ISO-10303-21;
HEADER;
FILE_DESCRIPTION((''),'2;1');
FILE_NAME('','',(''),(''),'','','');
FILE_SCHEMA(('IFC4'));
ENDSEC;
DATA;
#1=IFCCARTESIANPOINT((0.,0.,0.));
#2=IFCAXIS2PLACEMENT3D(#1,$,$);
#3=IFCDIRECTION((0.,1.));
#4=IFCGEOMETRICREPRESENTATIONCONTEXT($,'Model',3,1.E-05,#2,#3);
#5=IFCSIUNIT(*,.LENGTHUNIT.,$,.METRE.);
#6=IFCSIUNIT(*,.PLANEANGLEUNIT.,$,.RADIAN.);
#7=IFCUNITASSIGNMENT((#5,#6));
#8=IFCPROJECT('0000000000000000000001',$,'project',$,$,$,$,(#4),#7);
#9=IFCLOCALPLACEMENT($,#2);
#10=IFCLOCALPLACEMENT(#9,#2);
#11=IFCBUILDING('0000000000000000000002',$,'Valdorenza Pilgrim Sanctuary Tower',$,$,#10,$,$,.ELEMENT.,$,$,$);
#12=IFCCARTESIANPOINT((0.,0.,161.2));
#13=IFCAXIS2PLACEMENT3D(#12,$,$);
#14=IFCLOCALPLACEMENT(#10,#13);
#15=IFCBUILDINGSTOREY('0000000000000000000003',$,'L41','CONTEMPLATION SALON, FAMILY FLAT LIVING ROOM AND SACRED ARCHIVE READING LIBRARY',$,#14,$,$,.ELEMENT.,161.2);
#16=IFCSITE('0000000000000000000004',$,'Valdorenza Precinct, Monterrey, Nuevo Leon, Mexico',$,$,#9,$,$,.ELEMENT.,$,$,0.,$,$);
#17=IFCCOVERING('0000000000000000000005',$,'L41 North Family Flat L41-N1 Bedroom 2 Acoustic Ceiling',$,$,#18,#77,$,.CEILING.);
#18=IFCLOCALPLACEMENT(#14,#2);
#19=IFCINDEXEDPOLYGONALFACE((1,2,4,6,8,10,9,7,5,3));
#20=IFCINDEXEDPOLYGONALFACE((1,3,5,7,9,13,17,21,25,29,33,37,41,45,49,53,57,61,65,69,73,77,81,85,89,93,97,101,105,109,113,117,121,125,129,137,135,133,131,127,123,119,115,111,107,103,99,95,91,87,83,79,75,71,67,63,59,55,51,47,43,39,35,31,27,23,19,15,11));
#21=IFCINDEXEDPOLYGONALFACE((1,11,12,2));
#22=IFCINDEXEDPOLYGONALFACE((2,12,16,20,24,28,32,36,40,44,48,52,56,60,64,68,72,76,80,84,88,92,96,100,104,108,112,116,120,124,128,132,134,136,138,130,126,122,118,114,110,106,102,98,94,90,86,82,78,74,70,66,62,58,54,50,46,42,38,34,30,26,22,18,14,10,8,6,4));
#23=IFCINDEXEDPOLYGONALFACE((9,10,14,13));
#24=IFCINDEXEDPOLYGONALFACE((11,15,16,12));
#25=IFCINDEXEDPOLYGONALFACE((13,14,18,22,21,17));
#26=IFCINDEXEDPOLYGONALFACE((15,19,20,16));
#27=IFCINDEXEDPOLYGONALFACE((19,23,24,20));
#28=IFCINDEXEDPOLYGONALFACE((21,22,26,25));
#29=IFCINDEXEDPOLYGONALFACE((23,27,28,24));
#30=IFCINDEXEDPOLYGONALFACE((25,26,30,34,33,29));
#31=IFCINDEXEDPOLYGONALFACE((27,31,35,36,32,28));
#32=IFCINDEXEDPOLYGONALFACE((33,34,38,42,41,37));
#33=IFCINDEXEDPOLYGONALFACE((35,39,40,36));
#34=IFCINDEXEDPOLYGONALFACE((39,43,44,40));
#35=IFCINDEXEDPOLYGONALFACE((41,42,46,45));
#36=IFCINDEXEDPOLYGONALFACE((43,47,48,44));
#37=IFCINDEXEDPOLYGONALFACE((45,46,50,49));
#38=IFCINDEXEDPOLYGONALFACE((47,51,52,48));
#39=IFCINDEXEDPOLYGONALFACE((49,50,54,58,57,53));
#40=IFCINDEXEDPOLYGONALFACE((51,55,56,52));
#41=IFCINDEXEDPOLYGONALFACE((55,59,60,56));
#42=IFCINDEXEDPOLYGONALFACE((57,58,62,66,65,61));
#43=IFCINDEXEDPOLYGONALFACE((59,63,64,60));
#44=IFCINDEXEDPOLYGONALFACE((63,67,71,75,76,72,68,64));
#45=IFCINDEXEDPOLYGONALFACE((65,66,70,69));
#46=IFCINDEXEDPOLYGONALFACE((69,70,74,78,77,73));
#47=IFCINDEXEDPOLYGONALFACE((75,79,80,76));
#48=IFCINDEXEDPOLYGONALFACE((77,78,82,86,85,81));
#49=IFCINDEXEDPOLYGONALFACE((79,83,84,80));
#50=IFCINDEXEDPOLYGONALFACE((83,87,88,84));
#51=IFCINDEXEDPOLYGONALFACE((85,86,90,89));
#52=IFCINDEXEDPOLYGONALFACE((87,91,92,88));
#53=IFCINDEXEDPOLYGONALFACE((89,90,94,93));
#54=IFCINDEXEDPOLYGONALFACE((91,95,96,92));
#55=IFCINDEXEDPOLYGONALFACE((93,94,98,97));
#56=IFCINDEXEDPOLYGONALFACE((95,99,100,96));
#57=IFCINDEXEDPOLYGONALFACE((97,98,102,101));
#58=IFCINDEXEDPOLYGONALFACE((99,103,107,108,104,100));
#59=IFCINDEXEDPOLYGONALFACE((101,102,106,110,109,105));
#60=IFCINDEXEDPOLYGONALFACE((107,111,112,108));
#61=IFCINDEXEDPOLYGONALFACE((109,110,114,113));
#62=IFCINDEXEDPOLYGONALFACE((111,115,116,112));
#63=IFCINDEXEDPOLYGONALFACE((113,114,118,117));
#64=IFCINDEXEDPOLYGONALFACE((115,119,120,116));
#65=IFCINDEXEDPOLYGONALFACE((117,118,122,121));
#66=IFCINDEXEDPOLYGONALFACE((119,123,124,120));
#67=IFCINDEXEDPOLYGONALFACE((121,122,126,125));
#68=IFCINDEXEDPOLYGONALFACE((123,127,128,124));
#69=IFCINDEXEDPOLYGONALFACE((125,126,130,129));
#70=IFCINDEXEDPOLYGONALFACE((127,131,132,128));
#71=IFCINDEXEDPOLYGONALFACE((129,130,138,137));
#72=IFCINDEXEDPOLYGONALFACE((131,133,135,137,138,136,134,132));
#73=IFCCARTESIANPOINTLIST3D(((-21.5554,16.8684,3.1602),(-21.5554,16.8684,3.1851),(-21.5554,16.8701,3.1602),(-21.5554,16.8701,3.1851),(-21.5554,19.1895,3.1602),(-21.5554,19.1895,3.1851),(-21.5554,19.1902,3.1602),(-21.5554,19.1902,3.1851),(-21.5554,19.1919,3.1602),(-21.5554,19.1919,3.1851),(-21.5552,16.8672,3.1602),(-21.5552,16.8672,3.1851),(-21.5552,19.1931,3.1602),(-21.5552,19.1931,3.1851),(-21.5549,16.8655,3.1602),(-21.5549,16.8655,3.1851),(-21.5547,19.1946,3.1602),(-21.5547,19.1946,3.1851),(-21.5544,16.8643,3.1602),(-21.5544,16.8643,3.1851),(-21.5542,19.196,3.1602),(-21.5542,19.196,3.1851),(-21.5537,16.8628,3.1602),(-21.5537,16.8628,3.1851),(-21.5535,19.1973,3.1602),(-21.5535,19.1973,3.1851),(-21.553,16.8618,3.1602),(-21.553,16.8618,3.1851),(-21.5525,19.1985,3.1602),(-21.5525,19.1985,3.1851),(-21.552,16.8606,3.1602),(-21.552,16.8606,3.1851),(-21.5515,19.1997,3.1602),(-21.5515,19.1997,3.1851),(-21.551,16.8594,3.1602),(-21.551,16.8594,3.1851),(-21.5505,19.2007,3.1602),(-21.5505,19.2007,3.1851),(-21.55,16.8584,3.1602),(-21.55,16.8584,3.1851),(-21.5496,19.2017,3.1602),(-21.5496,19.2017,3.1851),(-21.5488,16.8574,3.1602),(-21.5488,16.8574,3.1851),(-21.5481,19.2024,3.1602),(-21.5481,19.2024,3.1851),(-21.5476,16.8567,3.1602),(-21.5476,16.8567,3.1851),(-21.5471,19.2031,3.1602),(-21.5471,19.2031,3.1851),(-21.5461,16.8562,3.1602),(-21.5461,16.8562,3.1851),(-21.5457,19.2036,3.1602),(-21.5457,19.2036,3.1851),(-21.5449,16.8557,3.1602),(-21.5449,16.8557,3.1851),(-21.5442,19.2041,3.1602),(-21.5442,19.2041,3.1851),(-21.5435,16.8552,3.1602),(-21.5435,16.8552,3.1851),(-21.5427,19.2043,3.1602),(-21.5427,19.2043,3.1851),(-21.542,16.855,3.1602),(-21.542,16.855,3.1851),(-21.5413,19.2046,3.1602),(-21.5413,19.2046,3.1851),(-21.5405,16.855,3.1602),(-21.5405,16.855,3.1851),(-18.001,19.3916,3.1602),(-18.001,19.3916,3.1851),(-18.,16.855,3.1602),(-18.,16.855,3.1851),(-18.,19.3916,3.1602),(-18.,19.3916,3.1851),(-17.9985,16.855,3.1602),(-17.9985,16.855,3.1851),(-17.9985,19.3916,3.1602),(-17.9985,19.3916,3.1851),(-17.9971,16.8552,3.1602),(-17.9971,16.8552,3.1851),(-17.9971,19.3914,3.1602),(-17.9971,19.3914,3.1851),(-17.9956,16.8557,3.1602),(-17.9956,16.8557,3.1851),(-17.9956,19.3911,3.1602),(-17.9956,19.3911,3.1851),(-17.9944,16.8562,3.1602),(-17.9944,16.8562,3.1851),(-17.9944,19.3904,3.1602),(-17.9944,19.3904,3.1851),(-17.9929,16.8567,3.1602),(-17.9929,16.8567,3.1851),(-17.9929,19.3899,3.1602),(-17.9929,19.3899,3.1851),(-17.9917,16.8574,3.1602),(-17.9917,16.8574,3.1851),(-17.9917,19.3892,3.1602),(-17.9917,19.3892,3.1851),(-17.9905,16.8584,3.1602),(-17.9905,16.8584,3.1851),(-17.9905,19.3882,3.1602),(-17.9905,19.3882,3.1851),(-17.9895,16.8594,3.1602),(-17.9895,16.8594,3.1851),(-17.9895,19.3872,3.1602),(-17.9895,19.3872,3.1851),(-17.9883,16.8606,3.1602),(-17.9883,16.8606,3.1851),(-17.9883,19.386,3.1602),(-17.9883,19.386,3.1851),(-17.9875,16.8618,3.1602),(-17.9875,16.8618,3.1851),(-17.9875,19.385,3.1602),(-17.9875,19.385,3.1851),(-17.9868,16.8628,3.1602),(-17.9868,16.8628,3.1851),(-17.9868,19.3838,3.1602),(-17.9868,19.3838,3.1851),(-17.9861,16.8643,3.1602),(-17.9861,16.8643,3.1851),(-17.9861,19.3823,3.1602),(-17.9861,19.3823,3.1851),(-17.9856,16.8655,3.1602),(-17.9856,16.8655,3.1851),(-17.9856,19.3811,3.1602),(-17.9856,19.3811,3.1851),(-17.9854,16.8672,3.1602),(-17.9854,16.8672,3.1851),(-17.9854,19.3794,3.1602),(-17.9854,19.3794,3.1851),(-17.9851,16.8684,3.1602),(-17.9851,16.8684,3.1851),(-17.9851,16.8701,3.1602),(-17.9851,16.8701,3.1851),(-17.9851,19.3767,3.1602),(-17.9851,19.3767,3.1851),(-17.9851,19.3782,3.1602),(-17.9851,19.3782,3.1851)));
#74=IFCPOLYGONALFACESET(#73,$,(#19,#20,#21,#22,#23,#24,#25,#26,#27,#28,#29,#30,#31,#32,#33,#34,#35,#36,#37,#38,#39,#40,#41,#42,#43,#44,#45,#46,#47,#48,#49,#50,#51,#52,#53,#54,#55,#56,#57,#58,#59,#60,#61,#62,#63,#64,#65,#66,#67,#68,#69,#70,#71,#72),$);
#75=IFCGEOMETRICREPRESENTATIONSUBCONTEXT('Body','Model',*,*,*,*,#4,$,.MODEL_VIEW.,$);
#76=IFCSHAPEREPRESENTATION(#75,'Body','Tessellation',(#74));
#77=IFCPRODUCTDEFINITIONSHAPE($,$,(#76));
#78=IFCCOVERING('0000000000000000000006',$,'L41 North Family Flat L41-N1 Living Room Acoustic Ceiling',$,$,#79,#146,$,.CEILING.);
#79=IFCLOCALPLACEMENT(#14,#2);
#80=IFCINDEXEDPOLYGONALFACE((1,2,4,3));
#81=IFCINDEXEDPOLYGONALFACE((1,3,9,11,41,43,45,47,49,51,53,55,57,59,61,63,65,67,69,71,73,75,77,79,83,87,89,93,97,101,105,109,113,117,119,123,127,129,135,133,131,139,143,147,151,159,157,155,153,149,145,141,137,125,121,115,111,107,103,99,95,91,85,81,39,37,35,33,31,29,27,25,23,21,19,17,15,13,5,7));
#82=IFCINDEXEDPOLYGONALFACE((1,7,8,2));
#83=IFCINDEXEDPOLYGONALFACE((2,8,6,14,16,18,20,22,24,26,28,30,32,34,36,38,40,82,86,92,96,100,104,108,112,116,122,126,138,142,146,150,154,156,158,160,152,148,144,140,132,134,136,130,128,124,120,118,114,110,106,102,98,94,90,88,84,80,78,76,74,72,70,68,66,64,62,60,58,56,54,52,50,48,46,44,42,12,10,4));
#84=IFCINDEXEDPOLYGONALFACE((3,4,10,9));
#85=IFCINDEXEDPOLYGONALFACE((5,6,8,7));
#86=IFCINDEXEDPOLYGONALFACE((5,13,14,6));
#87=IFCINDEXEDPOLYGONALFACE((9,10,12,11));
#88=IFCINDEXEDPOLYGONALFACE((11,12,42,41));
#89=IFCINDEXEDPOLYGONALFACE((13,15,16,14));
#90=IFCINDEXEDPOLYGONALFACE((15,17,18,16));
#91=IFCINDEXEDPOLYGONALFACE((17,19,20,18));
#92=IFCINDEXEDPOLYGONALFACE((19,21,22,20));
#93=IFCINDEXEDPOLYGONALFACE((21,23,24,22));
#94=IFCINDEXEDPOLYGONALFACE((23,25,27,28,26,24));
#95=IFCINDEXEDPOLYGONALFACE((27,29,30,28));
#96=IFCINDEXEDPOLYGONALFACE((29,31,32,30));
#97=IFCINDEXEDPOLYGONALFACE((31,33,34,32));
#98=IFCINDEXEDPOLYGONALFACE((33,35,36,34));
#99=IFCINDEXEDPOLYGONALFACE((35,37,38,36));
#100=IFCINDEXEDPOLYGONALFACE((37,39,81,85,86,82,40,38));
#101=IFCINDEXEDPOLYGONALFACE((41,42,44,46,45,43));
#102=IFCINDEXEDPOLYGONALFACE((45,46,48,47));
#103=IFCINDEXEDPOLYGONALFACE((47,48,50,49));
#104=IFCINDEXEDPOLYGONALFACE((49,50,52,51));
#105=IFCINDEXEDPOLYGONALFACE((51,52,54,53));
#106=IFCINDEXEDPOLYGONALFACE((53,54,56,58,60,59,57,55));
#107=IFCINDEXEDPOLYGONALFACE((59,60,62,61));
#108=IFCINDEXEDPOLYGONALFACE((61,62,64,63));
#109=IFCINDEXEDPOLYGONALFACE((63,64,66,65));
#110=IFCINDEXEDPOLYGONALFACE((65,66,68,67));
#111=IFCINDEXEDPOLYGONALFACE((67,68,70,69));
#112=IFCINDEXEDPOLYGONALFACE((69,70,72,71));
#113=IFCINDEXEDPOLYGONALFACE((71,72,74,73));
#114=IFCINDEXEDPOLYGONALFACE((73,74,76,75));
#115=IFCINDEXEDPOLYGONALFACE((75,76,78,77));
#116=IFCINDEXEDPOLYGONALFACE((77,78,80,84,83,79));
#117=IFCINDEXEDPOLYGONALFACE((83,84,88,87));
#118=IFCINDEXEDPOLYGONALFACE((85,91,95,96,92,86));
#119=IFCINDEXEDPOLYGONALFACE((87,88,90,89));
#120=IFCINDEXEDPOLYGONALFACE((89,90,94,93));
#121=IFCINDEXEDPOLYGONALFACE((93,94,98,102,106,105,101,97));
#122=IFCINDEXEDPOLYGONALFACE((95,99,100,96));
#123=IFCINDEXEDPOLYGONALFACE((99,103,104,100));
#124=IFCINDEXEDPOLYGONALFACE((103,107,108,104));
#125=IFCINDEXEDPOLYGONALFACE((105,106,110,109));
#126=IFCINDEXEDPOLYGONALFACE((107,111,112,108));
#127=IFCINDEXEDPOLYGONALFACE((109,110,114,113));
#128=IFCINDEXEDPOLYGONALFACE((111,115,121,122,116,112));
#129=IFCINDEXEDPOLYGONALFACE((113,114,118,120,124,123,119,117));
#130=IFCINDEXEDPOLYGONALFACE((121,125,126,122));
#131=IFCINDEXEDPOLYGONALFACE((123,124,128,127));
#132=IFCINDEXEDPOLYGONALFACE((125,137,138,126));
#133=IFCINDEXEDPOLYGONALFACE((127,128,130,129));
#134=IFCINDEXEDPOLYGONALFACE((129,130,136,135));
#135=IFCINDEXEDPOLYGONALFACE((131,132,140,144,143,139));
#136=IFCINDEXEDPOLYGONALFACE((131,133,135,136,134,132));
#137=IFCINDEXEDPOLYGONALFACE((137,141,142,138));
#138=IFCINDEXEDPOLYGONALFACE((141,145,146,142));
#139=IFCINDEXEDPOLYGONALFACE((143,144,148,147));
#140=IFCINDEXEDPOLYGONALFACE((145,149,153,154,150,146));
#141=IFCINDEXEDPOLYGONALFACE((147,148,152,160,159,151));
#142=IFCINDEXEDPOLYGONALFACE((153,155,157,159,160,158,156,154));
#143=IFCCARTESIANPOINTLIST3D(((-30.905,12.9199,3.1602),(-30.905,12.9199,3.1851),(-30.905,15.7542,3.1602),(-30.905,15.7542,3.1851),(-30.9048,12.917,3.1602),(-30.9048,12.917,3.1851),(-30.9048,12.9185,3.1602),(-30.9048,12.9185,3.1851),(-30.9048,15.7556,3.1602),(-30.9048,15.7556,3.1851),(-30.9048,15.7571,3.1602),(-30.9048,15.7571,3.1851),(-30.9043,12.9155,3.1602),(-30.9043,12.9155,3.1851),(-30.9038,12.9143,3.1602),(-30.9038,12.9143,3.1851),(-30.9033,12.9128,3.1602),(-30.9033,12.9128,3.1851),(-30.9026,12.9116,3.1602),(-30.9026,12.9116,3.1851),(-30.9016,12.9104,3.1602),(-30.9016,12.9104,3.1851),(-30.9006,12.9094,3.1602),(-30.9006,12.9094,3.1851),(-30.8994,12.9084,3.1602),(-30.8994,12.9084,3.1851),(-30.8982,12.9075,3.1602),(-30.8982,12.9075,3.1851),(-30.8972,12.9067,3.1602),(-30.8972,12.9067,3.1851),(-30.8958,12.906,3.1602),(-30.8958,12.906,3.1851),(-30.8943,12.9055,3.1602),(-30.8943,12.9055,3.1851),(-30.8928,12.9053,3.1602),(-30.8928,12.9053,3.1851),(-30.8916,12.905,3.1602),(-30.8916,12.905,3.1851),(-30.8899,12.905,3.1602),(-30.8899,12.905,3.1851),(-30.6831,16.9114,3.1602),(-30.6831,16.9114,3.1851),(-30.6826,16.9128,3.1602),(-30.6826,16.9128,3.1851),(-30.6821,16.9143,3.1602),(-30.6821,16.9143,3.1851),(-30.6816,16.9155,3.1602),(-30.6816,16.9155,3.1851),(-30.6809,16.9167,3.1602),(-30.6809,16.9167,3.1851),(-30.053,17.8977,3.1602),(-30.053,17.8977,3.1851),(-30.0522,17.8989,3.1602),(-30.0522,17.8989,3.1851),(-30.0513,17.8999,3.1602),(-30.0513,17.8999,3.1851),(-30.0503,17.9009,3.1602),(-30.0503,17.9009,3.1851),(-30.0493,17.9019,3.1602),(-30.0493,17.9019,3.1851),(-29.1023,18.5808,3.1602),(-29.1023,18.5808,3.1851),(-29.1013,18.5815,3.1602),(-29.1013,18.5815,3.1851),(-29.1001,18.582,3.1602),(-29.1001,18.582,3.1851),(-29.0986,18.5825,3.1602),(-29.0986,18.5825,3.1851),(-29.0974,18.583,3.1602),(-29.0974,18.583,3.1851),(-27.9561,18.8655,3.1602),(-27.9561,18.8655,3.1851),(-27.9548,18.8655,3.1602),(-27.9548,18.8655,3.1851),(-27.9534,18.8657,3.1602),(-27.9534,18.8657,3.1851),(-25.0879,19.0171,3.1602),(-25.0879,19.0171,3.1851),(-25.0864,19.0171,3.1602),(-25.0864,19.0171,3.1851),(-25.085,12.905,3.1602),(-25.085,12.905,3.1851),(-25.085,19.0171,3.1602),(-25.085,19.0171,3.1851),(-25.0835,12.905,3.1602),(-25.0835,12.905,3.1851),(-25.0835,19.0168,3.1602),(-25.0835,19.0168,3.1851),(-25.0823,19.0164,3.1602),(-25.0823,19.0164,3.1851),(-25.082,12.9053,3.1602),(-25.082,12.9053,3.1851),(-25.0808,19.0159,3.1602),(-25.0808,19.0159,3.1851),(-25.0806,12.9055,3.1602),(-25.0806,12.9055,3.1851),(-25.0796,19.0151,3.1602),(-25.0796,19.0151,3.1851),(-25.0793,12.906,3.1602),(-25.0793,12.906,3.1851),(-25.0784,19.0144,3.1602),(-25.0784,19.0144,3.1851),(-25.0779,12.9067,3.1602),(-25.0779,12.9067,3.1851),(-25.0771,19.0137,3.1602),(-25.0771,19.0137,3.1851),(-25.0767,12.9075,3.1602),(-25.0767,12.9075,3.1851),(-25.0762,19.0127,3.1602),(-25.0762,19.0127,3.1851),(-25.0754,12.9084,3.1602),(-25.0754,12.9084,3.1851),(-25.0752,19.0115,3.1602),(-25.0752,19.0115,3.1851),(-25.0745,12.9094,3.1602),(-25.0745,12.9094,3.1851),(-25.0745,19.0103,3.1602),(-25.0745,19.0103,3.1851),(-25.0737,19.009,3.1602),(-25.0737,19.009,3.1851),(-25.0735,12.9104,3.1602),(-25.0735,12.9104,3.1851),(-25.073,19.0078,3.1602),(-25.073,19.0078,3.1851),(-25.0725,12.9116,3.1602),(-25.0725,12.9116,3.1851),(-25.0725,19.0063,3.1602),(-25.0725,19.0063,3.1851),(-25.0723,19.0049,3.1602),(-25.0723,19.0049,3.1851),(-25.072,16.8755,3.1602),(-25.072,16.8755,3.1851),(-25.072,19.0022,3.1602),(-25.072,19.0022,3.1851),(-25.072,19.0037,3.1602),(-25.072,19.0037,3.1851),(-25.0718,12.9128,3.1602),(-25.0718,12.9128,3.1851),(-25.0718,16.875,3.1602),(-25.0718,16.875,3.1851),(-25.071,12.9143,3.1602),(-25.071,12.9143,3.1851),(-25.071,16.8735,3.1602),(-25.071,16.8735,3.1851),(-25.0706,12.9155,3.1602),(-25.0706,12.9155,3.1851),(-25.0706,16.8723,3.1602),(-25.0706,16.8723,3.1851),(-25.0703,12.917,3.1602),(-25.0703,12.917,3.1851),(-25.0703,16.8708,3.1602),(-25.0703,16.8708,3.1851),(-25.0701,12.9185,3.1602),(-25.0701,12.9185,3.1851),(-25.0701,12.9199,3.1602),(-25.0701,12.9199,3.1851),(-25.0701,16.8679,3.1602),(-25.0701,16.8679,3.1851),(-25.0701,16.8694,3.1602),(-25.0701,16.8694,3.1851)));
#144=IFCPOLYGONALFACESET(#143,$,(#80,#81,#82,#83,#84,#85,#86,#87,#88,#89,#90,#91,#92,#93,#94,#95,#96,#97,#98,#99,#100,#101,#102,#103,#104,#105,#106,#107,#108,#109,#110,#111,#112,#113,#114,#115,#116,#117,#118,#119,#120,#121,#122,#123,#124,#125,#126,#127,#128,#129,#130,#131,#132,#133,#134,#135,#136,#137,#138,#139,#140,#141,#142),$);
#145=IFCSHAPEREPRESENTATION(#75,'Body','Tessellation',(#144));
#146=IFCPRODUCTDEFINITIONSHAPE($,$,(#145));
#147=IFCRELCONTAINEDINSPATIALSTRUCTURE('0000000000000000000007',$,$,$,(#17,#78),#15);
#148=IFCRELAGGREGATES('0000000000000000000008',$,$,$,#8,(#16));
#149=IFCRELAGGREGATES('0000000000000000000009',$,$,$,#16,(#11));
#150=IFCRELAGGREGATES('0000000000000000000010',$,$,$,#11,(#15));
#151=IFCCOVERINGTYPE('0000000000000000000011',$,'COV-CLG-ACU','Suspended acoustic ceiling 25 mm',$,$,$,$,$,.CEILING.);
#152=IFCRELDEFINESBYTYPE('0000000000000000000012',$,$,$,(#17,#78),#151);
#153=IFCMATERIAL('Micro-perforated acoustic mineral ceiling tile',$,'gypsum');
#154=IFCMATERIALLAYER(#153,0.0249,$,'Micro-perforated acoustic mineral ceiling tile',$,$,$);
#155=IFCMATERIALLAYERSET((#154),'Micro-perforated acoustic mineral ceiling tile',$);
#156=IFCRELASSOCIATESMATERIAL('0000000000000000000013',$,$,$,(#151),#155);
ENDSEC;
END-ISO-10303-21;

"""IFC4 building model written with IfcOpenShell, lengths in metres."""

from ifc_helpers import new_model, si_unit, direction, frame, origin, place, context, subcontext, project, spatial, polyline, outline, extrude, material, layer, layer_set, type_object, element, save


model = new_model("IFC4")

# Units and contexts
model_context = context("Model", 3, precision=1e-05, world=origin(), true_north=direction((0.0, 1.0)))
body_context = subcontext(model_context, "Body", "Model", "MODEL_VIEW")
ifc_project = project(units=[si_unit("LENGTHUNIT", "METRE"), si_unit("PLANEANGLEUNIT", "RADIAN")], contexts=[model_context])

# Site, building, storey
site_placement = place(None, origin())
site = spatial("IfcSite", under=ifc_project, at=site_placement, Name="Valdorenza Precinct, Monterrey, Nuevo Leon, Mexico", CompositionType="ELEMENT", RefElevation=0.0)
building_placement = place(site_placement, origin())
building = spatial("IfcBuilding", under=site, at=building_placement, Name="Valdorenza Pilgrim Sanctuary Tower", CompositionType="ELEMENT")
storey_placement = place(building_placement, frame((0.0, 0.0, 161.2)))
storey = spatial("IfcBuildingStorey", under=building, at=storey_placement, Name="L41", Description="CONTEMPLATION SALON, FAMILY FLAT LIVING ROOM AND SACRED ARCHIVE READING LIBRARY", CompositionType="ELEMENT", Elevation=161.2)

# Coverings
ifc_material_1 = material(Name="Micro-perforated acoustic mineral ceiling tile", Category="gypsum")
ifc_layer_1 = layer(ifc_material_1, 0.0249, Name="Micro-perforated acoustic mineral ceiling tile")
ifc_layer_set_1 = layer_set([ifc_layer_1], Name="Micro-perforated acoustic mineral ceiling tile")
covering_type_1 = type_object("IfcCoveringType", Name="COV-CLG-ACU", Description="Suspended acoustic ceiling 25 mm", PredefinedType="CEILING", material=ifc_layer_set_1)
covering_1_placement = place(storey_placement, frame((0.0, 0.0, 3.1602)))
element("IfcCovering", 1, at=covering_1_placement, inside=storey, type_object=covering_type_1, Name="L41 North Family Flat L41-N1 Bedroom 2 Acoustic Ceiling", PredefinedType="CEILING", context=body_context, shape_type="SweptSolid", body=[
    extrude(outline(polyline([(-21.5554, 19.1895), (-21.5554, 19.1902), (-21.5554, 19.1919), (-21.5552, 19.1931), (-21.5547, 19.1946), (-21.5542, 19.196), (-21.5535, 19.1973), (-21.5525, 19.1985), (-21.5515, 19.1997), (-21.5505, 19.2007), (-21.5496, 19.2017), (-21.5481, 19.2024), (-21.5471, 19.2031), (-21.5457, 19.2036), (-21.5442, 19.2041), (-21.5427, 19.2043), (-21.5413, 19.2046), (-18.001, 19.3916), (-18.0, 19.3916), (-18.0, 19.3916), (-17.9985, 19.3916), (-17.9971, 19.3914), (-17.9956, 19.3911), (-17.9944, 19.3904), (-17.9929, 19.3899), (-17.9917, 19.3892), (-17.9905, 19.3882), (-17.9895, 19.3872), (-17.9883, 19.386), (-17.9875, 19.385), (-17.9868, 19.3838), (-17.9861, 19.3823), (-17.9856, 19.3811), (-17.9854, 19.3794), (-17.9851, 19.3782), (-17.9851, 19.3767), (-17.9851, 16.8701), (-17.9851, 16.8684), (-17.9854, 16.8672), (-17.9856, 16.8655), (-17.9861, 16.8643), (-17.9868, 16.8628), (-17.9875, 16.8618), (-17.9883, 16.8606), (-17.9895, 16.8594), (-17.9905, 16.8584), (-17.9917, 16.8574), (-17.9929, 16.8567), (-17.9944, 16.8562), (-17.9956, 16.8557), (-17.9971, 16.8552), (-17.9985, 16.855), (-18.0, 16.855), (-21.5405, 16.855), (-21.542, 16.855), (-21.5435, 16.8552), (-21.5449, 16.8557), (-21.5461, 16.8562), (-21.5476, 16.8567), (-21.5488, 16.8574), (-21.55, 16.8584), (-21.551, 16.8594), (-21.552, 16.8606), (-21.553, 16.8618), (-21.5537, 16.8628), (-21.5544, 16.8643), (-21.5549, 16.8655), (-21.5552, 16.8672), (-21.5554, 16.8684), (-21.5554, 16.8701), (-21.5554, 19.1895), (-21.5554, 19.1895)])), origin(), (0.0, 0.0, 1.0), 0.0249),
])
covering_2_placement = place(storey_placement, frame((0.0, 0.0, 3.1602)))
element("IfcCovering", 2, at=covering_2_placement, inside=storey, type_object=covering_type_1, Name="L41 North Family Flat L41-N1 Living Room Acoustic Ceiling", PredefinedType="CEILING", context=body_context, shape_type="SweptSolid", body=[
    extrude(outline(polyline([(-30.8899, 12.905), (-30.8916, 12.905), (-30.8928, 12.9053), (-30.8943, 12.9055), (-30.8958, 12.906), (-30.8972, 12.9067), (-30.8982, 12.9075), (-30.8994, 12.9084), (-30.9006, 12.9094), (-30.9016, 12.9104), (-30.9026, 12.9116), (-30.9033, 12.9128), (-30.9038, 12.9143), (-30.9043, 12.9155), (-30.9048, 12.917), (-30.9048, 12.9185), (-30.905, 12.9199), (-30.905, 15.7542), (-30.9048, 15.7556), (-30.9048, 15.7571), (-30.6831, 16.9114), (-30.6826, 16.9128), (-30.6821, 16.9143), (-30.6816, 16.9155), (-30.6809, 16.9167), (-30.053, 17.8977), (-30.0522, 17.8989), (-30.0513, 17.8999), (-30.0503, 17.9009), (-30.0493, 17.9019), (-29.1023, 18.5808), (-29.1013, 18.5815), (-29.1001, 18.582), (-29.0986, 18.5825), (-29.0974, 18.583), (-27.9561, 18.8655), (-27.9548, 18.8655), (-27.9534, 18.8657), (-25.0879, 19.0171), (-25.0864, 19.0171), (-25.085, 19.0171), (-25.0835, 19.0168), (-25.0823, 19.0164), (-25.0808, 19.0159), (-25.0796, 19.0151), (-25.0784, 19.0144), (-25.0771, 19.0137), (-25.0762, 19.0127), (-25.0752, 19.0115), (-25.0745, 19.0103), (-25.0737, 19.009), (-25.073, 19.0078), (-25.0725, 19.0063), (-25.0723, 19.0049), (-25.072, 19.0037), (-25.072, 19.0022), (-25.072, 16.8755), (-25.0718, 16.875), (-25.071, 16.8735), (-25.0706, 16.8723), (-25.0703, 16.8708), (-25.0701, 16.8694), (-25.0701, 16.8679), (-25.0701, 12.9199), (-25.0701, 12.9185), (-25.0703, 12.917), (-25.0706, 12.9155), (-25.071, 12.9143), (-25.0718, 12.9128), (-25.0725, 12.9116), (-25.0735, 12.9104), (-25.0745, 12.9094), (-25.0754, 12.9084), (-25.0767, 12.9075), (-25.0779, 12.9067), (-25.0793, 12.906), (-25.0806, 12.9055), (-25.082, 12.9053), (-25.0835, 12.905), (-25.085, 12.905), (-30.8899, 12.905)])), origin(), (0.0, 0.0, 1.0), 0.0249),
])

save(model, "model.ifc")
